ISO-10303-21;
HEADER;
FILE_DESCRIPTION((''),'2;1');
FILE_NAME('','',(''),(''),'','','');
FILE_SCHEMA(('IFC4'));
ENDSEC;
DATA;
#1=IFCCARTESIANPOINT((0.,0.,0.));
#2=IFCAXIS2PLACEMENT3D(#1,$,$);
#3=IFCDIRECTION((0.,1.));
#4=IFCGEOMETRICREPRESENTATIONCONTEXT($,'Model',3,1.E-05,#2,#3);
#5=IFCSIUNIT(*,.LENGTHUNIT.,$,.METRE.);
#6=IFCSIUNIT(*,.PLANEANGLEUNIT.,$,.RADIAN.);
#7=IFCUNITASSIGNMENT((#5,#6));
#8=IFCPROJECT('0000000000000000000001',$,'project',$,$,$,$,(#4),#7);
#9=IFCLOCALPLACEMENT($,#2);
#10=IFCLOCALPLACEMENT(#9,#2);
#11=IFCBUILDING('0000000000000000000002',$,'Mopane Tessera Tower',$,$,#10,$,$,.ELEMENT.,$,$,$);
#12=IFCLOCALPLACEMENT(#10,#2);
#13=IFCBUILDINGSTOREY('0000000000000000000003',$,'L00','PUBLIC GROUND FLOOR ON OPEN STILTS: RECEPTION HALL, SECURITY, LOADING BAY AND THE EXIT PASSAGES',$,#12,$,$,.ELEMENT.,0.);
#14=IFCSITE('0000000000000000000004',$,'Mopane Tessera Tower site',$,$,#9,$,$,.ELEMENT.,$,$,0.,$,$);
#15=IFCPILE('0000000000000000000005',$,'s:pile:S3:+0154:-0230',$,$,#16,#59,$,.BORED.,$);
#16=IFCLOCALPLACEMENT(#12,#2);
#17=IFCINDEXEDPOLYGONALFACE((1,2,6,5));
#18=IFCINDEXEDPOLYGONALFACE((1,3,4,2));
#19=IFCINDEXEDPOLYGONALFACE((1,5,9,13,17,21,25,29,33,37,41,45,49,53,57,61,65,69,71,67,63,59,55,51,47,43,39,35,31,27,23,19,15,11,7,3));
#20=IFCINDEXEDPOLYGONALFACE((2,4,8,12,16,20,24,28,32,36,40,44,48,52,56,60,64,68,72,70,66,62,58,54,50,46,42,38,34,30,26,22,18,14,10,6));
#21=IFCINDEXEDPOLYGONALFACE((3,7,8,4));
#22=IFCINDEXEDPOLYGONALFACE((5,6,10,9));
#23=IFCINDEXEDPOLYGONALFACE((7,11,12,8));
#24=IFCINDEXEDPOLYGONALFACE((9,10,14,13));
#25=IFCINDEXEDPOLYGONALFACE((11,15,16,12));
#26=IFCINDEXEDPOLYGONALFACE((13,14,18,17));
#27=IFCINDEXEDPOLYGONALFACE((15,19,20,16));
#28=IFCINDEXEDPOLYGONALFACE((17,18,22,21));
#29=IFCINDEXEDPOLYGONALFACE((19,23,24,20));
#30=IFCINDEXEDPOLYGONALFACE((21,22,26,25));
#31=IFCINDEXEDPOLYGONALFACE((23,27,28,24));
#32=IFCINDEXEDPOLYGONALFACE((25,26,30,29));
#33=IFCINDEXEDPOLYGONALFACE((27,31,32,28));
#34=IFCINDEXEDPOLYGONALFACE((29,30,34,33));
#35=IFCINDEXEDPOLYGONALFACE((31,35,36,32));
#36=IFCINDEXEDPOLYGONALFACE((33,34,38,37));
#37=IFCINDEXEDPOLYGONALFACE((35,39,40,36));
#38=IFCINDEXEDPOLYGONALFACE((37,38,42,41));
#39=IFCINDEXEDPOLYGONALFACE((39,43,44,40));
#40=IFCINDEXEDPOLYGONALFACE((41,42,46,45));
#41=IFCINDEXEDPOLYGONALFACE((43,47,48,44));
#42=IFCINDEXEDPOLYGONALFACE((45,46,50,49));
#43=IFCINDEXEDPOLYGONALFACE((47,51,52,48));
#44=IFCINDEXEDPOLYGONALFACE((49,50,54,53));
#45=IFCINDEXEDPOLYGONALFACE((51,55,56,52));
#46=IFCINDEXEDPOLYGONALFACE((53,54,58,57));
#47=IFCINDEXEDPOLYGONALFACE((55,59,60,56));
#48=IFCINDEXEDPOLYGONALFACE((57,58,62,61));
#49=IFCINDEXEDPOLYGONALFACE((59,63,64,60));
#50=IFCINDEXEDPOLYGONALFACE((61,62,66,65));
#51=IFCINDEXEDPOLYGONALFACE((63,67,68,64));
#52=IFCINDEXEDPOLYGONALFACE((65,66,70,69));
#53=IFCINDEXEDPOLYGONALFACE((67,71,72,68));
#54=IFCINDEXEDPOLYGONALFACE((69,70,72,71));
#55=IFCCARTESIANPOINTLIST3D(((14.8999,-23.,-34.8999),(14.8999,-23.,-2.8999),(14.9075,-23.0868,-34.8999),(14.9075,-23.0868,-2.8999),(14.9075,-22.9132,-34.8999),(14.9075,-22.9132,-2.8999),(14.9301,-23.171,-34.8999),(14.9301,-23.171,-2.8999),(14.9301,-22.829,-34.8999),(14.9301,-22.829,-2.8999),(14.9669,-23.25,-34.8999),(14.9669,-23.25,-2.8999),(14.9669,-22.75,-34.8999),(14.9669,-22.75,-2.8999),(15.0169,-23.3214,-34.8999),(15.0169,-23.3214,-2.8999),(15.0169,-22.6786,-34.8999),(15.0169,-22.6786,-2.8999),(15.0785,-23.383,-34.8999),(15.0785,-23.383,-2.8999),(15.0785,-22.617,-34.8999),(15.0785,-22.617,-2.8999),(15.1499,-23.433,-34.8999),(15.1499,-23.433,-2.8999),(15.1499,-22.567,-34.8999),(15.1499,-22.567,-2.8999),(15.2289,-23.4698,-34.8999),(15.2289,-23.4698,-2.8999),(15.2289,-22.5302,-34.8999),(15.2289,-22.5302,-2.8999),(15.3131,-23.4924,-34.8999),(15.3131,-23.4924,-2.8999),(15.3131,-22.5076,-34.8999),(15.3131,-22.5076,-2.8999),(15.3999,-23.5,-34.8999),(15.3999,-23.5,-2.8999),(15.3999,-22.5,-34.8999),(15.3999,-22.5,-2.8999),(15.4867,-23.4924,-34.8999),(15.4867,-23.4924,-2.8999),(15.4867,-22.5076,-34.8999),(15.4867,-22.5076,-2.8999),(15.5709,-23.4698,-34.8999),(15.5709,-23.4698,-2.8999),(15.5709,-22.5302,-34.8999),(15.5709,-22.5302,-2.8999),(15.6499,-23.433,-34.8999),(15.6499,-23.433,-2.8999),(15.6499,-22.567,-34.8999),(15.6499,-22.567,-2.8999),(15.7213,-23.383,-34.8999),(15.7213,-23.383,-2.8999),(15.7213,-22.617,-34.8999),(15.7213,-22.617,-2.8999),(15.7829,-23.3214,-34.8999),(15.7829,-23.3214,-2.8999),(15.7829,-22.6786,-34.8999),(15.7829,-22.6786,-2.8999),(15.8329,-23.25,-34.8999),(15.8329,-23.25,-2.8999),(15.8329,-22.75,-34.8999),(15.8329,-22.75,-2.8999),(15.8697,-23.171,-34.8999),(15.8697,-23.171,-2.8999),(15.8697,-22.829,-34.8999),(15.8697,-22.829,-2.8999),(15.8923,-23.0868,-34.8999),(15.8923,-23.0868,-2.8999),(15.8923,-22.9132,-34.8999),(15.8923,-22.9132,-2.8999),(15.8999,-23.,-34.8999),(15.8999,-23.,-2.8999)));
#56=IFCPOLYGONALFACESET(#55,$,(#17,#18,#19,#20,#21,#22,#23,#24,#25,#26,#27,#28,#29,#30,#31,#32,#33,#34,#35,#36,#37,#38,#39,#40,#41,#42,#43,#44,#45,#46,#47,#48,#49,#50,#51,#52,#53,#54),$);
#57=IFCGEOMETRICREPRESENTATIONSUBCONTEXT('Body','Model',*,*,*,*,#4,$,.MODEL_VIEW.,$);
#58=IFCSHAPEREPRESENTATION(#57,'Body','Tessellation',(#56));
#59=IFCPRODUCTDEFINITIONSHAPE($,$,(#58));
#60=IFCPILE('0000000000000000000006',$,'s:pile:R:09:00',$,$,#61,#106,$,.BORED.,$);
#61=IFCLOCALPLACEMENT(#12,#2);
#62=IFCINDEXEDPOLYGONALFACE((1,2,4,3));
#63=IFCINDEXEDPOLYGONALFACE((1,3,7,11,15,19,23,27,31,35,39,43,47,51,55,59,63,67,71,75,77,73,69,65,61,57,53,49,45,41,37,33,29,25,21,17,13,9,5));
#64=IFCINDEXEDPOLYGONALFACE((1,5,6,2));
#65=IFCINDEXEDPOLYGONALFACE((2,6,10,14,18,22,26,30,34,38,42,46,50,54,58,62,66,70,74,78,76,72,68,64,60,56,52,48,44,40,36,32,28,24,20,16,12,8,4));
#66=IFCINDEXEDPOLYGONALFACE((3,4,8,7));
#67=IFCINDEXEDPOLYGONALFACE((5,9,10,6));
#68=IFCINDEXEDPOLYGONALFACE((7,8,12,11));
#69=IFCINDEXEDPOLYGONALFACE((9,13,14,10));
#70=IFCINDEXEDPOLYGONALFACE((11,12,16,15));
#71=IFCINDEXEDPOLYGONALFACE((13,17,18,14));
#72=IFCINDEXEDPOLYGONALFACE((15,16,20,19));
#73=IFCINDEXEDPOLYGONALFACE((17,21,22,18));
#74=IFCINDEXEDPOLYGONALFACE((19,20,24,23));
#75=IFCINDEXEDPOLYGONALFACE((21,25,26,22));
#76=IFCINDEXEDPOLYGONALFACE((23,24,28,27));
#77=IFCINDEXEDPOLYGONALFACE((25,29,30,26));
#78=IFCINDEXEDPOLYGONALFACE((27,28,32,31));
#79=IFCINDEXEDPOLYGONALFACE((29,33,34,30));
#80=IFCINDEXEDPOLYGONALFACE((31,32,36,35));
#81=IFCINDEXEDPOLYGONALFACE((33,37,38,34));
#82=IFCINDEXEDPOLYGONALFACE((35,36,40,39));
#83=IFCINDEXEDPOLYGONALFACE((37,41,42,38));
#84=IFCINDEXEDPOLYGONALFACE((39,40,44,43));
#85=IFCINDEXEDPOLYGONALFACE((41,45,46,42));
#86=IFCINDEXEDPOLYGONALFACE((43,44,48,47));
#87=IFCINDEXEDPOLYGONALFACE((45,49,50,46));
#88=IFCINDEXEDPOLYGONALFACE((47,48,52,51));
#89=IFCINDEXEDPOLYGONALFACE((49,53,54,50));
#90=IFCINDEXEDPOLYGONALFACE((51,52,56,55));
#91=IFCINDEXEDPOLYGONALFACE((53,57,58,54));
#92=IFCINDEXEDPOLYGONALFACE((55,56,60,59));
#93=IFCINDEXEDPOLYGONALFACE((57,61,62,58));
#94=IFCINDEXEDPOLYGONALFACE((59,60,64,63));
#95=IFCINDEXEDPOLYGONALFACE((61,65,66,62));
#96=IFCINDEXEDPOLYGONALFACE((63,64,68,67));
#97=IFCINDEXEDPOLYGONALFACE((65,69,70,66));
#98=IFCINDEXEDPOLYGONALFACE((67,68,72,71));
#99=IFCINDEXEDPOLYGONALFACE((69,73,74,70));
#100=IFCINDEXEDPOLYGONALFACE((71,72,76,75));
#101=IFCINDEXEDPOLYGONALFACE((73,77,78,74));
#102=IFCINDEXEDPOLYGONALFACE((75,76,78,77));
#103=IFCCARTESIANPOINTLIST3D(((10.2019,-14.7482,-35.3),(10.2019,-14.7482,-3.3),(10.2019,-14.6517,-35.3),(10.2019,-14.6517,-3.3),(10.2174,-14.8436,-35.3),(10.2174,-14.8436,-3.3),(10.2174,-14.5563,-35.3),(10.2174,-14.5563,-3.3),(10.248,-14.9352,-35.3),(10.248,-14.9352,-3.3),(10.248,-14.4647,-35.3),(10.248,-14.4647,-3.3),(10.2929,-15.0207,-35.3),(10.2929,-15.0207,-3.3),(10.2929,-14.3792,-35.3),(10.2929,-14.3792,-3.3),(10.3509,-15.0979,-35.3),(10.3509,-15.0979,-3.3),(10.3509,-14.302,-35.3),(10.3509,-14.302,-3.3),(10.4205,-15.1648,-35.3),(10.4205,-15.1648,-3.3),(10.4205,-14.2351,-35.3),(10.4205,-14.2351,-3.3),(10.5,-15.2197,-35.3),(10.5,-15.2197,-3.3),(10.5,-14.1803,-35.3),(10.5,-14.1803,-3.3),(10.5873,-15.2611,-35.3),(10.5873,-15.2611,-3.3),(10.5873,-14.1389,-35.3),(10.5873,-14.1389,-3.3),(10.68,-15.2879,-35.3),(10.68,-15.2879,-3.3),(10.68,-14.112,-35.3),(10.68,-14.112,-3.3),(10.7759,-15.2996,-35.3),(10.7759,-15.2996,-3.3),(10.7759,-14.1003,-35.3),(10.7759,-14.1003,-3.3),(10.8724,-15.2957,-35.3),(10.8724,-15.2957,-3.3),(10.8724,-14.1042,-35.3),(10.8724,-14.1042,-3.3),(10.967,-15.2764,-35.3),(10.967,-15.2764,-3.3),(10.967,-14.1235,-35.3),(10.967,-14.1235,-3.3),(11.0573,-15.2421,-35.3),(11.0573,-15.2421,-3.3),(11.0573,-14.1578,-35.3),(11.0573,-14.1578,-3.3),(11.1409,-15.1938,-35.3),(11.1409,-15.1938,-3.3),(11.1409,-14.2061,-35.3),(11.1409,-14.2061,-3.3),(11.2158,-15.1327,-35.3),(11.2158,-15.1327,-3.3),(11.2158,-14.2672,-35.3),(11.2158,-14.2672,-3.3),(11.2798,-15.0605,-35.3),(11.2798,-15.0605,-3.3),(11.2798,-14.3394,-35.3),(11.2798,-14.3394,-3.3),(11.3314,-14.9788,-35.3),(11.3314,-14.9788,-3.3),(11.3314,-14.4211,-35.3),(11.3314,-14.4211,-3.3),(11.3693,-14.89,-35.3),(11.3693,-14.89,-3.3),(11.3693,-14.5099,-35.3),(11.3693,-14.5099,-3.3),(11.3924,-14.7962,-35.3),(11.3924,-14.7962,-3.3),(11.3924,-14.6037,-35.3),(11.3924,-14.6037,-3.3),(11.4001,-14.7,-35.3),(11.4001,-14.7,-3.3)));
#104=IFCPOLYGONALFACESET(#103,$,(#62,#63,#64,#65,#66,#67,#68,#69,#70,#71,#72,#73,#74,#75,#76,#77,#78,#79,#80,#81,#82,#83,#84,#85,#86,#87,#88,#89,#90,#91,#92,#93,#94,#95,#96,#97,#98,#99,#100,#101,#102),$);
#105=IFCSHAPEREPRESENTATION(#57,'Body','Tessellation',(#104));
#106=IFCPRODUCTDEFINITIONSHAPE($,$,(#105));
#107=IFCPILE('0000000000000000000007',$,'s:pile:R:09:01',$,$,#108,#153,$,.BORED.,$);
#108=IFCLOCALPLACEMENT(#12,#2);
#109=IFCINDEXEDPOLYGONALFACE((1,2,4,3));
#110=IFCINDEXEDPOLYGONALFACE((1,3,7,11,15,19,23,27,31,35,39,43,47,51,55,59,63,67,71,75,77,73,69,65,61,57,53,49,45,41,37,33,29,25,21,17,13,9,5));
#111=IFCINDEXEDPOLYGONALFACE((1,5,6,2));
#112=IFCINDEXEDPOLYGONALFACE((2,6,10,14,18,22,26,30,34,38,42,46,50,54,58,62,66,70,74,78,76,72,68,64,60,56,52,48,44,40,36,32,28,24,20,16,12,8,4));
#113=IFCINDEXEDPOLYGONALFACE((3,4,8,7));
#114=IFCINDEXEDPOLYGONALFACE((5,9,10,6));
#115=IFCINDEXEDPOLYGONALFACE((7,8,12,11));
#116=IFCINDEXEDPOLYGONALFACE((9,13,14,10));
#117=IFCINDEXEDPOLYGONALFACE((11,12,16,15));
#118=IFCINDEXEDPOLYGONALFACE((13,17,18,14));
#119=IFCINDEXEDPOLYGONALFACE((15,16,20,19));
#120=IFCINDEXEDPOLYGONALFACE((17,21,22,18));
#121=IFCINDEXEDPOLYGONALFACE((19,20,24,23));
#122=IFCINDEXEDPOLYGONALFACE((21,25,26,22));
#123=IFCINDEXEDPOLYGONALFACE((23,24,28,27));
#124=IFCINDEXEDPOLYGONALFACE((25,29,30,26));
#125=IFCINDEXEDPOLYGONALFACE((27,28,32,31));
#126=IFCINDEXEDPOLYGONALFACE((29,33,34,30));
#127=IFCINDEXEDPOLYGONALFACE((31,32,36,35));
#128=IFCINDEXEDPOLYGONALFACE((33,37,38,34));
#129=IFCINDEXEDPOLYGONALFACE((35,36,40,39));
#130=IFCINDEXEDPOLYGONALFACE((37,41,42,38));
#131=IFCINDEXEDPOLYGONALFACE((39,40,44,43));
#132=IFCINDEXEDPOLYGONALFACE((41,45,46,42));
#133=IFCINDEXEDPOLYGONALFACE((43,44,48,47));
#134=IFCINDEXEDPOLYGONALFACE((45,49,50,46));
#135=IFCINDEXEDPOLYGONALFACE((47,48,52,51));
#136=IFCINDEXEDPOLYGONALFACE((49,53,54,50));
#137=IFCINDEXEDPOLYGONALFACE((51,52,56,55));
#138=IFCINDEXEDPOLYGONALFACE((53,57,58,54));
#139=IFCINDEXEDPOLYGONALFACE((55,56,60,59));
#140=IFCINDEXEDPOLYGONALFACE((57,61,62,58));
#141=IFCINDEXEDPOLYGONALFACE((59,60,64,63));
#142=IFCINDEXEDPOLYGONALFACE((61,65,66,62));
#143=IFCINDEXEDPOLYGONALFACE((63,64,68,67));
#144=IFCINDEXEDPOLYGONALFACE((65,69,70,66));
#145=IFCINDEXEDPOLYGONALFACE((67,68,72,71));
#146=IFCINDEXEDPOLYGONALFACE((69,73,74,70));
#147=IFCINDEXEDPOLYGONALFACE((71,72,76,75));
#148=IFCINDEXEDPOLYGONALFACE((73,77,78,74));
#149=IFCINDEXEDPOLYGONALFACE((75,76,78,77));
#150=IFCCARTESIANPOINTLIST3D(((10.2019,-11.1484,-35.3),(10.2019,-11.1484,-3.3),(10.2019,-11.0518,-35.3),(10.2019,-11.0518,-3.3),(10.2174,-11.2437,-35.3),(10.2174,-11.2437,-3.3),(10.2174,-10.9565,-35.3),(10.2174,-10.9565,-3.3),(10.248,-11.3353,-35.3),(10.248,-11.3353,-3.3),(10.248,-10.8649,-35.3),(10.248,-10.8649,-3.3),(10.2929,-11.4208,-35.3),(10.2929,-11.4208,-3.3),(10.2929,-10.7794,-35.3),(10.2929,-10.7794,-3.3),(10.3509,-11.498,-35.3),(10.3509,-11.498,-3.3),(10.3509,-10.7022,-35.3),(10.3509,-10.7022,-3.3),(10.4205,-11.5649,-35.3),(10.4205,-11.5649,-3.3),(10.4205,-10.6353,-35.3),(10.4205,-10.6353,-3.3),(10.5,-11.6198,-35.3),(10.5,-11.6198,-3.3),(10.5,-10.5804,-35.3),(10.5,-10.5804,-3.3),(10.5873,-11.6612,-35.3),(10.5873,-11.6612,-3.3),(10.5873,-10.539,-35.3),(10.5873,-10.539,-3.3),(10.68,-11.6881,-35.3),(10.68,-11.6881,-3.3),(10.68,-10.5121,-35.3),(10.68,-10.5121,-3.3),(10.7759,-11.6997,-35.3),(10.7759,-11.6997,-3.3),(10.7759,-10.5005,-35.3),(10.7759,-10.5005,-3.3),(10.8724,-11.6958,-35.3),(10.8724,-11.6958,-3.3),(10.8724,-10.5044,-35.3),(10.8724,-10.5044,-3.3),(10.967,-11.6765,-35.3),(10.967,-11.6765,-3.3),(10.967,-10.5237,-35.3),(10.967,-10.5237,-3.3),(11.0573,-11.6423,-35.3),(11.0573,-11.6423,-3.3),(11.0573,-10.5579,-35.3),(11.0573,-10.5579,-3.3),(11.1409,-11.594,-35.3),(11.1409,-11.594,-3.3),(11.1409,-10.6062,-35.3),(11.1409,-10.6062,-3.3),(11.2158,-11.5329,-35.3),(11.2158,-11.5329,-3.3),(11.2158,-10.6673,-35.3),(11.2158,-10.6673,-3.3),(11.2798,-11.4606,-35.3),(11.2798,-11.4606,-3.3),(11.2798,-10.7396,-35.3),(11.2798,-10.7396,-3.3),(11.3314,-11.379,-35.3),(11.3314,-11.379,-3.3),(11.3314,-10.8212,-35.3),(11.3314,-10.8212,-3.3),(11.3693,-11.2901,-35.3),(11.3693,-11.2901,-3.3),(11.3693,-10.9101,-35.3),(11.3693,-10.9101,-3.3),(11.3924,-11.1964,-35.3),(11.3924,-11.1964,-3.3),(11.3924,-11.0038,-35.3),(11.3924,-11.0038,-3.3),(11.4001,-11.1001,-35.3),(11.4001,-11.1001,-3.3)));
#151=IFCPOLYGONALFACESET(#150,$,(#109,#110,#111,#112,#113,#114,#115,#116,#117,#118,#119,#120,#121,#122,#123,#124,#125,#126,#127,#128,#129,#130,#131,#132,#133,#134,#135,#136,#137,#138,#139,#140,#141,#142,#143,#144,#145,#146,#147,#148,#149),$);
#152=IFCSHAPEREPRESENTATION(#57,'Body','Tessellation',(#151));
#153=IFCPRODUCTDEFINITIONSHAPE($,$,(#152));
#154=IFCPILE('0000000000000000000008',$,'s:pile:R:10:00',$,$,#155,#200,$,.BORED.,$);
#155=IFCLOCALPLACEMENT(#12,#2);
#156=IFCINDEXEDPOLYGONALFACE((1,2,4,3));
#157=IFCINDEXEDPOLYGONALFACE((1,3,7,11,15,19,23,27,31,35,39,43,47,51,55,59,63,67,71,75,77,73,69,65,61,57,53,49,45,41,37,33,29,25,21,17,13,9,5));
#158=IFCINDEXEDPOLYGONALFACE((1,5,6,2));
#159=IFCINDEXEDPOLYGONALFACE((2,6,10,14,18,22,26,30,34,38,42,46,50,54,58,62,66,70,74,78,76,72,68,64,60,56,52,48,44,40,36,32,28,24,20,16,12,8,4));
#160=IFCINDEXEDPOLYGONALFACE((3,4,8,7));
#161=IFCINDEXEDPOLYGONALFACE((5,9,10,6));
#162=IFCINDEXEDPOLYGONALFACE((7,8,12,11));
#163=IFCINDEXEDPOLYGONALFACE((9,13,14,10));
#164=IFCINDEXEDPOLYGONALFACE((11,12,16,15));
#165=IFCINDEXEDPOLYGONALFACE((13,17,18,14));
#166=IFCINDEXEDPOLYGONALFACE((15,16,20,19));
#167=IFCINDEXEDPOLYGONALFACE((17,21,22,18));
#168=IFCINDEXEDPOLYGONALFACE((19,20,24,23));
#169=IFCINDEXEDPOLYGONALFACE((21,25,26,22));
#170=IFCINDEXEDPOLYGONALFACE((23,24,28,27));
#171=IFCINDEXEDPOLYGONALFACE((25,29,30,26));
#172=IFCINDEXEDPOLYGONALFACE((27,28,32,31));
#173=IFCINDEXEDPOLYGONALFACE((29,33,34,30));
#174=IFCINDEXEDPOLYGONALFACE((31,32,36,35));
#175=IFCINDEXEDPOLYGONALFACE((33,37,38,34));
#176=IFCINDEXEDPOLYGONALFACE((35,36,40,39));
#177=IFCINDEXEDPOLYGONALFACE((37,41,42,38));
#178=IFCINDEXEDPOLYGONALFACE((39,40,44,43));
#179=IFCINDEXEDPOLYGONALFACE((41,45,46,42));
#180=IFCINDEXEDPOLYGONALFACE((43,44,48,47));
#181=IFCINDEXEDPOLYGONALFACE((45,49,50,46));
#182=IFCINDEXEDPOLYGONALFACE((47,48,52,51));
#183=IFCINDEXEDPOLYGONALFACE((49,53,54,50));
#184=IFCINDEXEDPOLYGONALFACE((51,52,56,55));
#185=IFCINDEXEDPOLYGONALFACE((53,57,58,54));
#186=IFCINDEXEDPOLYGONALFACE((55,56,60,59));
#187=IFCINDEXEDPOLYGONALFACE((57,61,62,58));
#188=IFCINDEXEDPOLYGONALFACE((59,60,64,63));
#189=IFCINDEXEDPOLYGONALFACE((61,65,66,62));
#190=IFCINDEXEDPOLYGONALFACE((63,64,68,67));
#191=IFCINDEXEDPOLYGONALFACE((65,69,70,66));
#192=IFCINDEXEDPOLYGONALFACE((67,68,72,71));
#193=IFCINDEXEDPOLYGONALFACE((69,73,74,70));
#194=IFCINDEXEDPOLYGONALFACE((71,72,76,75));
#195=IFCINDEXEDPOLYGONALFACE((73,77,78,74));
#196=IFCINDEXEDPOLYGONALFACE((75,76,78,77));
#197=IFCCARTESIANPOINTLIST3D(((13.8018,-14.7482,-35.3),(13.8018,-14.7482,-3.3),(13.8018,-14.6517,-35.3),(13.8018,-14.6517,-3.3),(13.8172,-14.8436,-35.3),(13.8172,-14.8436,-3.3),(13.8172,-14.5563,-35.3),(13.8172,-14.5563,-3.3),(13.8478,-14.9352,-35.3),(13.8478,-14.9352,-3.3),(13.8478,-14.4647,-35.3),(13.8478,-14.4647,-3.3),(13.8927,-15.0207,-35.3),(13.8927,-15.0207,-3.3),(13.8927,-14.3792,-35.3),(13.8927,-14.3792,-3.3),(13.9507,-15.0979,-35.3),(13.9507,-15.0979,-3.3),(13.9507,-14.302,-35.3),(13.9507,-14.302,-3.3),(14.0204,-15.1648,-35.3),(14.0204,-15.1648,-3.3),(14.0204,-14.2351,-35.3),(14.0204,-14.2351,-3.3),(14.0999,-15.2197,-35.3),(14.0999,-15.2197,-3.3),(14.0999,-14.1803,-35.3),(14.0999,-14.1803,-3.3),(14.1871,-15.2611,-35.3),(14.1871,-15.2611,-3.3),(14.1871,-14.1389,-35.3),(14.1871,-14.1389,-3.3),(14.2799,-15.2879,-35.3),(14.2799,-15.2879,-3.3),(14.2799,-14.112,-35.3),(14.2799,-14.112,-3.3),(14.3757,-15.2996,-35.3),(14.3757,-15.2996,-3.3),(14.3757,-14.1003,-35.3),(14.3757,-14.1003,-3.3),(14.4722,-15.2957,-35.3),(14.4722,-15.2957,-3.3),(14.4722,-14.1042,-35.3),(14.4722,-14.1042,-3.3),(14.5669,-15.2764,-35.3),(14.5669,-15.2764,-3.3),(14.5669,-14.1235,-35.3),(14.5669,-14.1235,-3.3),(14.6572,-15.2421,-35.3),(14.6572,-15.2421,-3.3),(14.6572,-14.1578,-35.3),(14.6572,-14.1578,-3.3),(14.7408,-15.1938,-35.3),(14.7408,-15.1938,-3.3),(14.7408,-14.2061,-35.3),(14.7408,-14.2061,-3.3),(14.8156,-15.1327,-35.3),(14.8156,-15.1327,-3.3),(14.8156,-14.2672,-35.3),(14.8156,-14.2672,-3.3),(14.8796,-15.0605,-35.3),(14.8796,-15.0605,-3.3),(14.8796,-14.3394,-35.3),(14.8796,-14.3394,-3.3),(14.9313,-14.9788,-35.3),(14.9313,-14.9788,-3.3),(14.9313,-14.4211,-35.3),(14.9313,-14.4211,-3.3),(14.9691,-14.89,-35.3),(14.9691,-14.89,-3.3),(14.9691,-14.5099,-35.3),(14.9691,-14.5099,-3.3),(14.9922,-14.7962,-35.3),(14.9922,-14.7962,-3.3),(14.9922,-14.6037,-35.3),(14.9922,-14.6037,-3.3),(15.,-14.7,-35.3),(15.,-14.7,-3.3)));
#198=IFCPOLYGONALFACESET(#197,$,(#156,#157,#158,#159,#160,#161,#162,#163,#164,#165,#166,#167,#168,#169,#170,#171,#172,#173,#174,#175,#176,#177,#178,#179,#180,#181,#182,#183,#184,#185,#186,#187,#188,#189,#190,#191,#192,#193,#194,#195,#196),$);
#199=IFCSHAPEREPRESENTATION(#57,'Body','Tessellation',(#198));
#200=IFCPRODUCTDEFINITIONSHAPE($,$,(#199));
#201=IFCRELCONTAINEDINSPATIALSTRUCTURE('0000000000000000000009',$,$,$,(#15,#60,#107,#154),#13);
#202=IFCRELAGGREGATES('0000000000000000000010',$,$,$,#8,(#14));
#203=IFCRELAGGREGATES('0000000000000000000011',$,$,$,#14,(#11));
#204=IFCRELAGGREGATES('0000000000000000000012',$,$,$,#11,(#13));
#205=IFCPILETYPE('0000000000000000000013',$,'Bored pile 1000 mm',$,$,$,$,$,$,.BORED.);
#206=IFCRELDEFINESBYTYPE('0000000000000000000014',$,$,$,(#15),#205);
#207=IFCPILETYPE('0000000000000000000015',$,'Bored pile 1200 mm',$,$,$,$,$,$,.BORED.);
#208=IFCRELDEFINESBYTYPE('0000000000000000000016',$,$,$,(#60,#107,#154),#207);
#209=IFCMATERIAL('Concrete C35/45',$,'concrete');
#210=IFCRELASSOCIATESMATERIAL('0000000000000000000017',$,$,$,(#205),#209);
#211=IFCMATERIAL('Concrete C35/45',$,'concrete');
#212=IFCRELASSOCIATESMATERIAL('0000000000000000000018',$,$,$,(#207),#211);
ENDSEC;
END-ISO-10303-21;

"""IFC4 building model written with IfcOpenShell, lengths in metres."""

from ifc_helpers import new_model, si_unit, direction, frame, origin, origin_2d, place, context, subcontext, project, spatial, circle, extrude, material, material_profile, profile_set, type_object, element, save


model = new_model("IFC4")

# Units and contexts
model_context = context("Model", 3, precision=1e-05, world=origin(), true_north=direction((0.0, 1.0)))
body_context = subcontext(model_context, "Body", "Model", "MODEL_VIEW")
ifc_project = project(units=[si_unit("LENGTHUNIT", "METRE"), si_unit("PLANEANGLEUNIT", "RADIAN")], contexts=[model_context])

# Site, building, storey
site_placement = place(None, origin())
site = spatial("IfcSite", under=ifc_project, at=site_placement, Name="Mopane Tessera Tower site", CompositionType="ELEMENT", RefElevation=0.0)
building_placement = place(site_placement, origin())
building = spatial("IfcBuilding", under=site, at=building_placement, Name="Mopane Tessera Tower", CompositionType="ELEMENT")
storey_placement = place(building_placement, origin())
storey = spatial("IfcBuildingStorey", under=building, at=storey_placement, Name="L00", Description="PUBLIC GROUND FLOOR ON OPEN STILTS: RECEPTION HALL, SECURITY, LOADING BAY AND THE EXIT PASSAGES", CompositionType="ELEMENT", Elevation=0.0)

# Piles
ifc_material_1 = material(Name="Concrete C35/45", Category="concrete")
ifc_material_profile_1 = material_profile(ifc_material_1, circle(Radius=0.5, at=origin_2d()))
ifc_profile_set_1 = profile_set([ifc_material_profile_1], Name="Concrete C35/45")
pile_type_1 = type_object("IfcPileType", Name="Bored pile 1000 mm", PredefinedType="BORED", material=ifc_profile_set_1)
for number, where, z_axis, x_axis, name in (
    (1, (15.3999, -23.0, -2.8999), (0.0, 0.0, -1.0), (1.0, 0.0, 0.0), "s:pile:S3:+0154:-0230"),
):
    element("IfcPile", number, at=place(storey_placement, frame(where, z_axis=z_axis, x_axis=x_axis)), inside=storey, type_object=pile_type_1, Name=name, PredefinedType="BORED", context=body_context, shape_type="SweptSolid", body=[
        extrude(circle(Radius=0.5, at=origin_2d()), origin(), (0.0, 0.0, 1.0), 32.0),
    ])
ifc_material_2 = material(Name="Concrete C35/45", Category="concrete")
ifc_material_profile_2 = material_profile(ifc_material_2, circle(Radius=0.6001, at=origin_2d()))
ifc_profile_set_2 = profile_set([ifc_material_profile_2], Name="Concrete C35/45")
pile_type_2 = type_object("IfcPileType", Name="Bored pile 1200 mm", PredefinedType="BORED", material=ifc_profile_set_2)
for number, where, z_axis, x_axis, name in (
    (2, (10.8, -14.7, -3.3), (0.0, 0.0, -1.0), (1.0, 0.0, 0.0), "s:pile:R:09:00"),
    (3, (10.8, -11.1001, -3.3), (0.0, 0.0, -1.0), (1.0, 0.0, 0.0), "s:pile:R:09:01"),
    (4, (14.3999, -14.7, -3.3), (0.0, 0.0, -1.0), (1.0, 0.0, 0.0), "s:pile:R:10:00"),
):
    element("IfcPile", number, at=place(storey_placement, frame(where, z_axis=z_axis, x_axis=x_axis)), inside=storey, type_object=pile_type_2, Name=name, PredefinedType="BORED", context=body_context, shape_type="SweptSolid", body=[
        extrude(circle(Radius=0.6001, at=origin_2d()), origin(), (0.0, 0.0, 1.0), 32.0),
    ])

save(model, "model.ifc")
